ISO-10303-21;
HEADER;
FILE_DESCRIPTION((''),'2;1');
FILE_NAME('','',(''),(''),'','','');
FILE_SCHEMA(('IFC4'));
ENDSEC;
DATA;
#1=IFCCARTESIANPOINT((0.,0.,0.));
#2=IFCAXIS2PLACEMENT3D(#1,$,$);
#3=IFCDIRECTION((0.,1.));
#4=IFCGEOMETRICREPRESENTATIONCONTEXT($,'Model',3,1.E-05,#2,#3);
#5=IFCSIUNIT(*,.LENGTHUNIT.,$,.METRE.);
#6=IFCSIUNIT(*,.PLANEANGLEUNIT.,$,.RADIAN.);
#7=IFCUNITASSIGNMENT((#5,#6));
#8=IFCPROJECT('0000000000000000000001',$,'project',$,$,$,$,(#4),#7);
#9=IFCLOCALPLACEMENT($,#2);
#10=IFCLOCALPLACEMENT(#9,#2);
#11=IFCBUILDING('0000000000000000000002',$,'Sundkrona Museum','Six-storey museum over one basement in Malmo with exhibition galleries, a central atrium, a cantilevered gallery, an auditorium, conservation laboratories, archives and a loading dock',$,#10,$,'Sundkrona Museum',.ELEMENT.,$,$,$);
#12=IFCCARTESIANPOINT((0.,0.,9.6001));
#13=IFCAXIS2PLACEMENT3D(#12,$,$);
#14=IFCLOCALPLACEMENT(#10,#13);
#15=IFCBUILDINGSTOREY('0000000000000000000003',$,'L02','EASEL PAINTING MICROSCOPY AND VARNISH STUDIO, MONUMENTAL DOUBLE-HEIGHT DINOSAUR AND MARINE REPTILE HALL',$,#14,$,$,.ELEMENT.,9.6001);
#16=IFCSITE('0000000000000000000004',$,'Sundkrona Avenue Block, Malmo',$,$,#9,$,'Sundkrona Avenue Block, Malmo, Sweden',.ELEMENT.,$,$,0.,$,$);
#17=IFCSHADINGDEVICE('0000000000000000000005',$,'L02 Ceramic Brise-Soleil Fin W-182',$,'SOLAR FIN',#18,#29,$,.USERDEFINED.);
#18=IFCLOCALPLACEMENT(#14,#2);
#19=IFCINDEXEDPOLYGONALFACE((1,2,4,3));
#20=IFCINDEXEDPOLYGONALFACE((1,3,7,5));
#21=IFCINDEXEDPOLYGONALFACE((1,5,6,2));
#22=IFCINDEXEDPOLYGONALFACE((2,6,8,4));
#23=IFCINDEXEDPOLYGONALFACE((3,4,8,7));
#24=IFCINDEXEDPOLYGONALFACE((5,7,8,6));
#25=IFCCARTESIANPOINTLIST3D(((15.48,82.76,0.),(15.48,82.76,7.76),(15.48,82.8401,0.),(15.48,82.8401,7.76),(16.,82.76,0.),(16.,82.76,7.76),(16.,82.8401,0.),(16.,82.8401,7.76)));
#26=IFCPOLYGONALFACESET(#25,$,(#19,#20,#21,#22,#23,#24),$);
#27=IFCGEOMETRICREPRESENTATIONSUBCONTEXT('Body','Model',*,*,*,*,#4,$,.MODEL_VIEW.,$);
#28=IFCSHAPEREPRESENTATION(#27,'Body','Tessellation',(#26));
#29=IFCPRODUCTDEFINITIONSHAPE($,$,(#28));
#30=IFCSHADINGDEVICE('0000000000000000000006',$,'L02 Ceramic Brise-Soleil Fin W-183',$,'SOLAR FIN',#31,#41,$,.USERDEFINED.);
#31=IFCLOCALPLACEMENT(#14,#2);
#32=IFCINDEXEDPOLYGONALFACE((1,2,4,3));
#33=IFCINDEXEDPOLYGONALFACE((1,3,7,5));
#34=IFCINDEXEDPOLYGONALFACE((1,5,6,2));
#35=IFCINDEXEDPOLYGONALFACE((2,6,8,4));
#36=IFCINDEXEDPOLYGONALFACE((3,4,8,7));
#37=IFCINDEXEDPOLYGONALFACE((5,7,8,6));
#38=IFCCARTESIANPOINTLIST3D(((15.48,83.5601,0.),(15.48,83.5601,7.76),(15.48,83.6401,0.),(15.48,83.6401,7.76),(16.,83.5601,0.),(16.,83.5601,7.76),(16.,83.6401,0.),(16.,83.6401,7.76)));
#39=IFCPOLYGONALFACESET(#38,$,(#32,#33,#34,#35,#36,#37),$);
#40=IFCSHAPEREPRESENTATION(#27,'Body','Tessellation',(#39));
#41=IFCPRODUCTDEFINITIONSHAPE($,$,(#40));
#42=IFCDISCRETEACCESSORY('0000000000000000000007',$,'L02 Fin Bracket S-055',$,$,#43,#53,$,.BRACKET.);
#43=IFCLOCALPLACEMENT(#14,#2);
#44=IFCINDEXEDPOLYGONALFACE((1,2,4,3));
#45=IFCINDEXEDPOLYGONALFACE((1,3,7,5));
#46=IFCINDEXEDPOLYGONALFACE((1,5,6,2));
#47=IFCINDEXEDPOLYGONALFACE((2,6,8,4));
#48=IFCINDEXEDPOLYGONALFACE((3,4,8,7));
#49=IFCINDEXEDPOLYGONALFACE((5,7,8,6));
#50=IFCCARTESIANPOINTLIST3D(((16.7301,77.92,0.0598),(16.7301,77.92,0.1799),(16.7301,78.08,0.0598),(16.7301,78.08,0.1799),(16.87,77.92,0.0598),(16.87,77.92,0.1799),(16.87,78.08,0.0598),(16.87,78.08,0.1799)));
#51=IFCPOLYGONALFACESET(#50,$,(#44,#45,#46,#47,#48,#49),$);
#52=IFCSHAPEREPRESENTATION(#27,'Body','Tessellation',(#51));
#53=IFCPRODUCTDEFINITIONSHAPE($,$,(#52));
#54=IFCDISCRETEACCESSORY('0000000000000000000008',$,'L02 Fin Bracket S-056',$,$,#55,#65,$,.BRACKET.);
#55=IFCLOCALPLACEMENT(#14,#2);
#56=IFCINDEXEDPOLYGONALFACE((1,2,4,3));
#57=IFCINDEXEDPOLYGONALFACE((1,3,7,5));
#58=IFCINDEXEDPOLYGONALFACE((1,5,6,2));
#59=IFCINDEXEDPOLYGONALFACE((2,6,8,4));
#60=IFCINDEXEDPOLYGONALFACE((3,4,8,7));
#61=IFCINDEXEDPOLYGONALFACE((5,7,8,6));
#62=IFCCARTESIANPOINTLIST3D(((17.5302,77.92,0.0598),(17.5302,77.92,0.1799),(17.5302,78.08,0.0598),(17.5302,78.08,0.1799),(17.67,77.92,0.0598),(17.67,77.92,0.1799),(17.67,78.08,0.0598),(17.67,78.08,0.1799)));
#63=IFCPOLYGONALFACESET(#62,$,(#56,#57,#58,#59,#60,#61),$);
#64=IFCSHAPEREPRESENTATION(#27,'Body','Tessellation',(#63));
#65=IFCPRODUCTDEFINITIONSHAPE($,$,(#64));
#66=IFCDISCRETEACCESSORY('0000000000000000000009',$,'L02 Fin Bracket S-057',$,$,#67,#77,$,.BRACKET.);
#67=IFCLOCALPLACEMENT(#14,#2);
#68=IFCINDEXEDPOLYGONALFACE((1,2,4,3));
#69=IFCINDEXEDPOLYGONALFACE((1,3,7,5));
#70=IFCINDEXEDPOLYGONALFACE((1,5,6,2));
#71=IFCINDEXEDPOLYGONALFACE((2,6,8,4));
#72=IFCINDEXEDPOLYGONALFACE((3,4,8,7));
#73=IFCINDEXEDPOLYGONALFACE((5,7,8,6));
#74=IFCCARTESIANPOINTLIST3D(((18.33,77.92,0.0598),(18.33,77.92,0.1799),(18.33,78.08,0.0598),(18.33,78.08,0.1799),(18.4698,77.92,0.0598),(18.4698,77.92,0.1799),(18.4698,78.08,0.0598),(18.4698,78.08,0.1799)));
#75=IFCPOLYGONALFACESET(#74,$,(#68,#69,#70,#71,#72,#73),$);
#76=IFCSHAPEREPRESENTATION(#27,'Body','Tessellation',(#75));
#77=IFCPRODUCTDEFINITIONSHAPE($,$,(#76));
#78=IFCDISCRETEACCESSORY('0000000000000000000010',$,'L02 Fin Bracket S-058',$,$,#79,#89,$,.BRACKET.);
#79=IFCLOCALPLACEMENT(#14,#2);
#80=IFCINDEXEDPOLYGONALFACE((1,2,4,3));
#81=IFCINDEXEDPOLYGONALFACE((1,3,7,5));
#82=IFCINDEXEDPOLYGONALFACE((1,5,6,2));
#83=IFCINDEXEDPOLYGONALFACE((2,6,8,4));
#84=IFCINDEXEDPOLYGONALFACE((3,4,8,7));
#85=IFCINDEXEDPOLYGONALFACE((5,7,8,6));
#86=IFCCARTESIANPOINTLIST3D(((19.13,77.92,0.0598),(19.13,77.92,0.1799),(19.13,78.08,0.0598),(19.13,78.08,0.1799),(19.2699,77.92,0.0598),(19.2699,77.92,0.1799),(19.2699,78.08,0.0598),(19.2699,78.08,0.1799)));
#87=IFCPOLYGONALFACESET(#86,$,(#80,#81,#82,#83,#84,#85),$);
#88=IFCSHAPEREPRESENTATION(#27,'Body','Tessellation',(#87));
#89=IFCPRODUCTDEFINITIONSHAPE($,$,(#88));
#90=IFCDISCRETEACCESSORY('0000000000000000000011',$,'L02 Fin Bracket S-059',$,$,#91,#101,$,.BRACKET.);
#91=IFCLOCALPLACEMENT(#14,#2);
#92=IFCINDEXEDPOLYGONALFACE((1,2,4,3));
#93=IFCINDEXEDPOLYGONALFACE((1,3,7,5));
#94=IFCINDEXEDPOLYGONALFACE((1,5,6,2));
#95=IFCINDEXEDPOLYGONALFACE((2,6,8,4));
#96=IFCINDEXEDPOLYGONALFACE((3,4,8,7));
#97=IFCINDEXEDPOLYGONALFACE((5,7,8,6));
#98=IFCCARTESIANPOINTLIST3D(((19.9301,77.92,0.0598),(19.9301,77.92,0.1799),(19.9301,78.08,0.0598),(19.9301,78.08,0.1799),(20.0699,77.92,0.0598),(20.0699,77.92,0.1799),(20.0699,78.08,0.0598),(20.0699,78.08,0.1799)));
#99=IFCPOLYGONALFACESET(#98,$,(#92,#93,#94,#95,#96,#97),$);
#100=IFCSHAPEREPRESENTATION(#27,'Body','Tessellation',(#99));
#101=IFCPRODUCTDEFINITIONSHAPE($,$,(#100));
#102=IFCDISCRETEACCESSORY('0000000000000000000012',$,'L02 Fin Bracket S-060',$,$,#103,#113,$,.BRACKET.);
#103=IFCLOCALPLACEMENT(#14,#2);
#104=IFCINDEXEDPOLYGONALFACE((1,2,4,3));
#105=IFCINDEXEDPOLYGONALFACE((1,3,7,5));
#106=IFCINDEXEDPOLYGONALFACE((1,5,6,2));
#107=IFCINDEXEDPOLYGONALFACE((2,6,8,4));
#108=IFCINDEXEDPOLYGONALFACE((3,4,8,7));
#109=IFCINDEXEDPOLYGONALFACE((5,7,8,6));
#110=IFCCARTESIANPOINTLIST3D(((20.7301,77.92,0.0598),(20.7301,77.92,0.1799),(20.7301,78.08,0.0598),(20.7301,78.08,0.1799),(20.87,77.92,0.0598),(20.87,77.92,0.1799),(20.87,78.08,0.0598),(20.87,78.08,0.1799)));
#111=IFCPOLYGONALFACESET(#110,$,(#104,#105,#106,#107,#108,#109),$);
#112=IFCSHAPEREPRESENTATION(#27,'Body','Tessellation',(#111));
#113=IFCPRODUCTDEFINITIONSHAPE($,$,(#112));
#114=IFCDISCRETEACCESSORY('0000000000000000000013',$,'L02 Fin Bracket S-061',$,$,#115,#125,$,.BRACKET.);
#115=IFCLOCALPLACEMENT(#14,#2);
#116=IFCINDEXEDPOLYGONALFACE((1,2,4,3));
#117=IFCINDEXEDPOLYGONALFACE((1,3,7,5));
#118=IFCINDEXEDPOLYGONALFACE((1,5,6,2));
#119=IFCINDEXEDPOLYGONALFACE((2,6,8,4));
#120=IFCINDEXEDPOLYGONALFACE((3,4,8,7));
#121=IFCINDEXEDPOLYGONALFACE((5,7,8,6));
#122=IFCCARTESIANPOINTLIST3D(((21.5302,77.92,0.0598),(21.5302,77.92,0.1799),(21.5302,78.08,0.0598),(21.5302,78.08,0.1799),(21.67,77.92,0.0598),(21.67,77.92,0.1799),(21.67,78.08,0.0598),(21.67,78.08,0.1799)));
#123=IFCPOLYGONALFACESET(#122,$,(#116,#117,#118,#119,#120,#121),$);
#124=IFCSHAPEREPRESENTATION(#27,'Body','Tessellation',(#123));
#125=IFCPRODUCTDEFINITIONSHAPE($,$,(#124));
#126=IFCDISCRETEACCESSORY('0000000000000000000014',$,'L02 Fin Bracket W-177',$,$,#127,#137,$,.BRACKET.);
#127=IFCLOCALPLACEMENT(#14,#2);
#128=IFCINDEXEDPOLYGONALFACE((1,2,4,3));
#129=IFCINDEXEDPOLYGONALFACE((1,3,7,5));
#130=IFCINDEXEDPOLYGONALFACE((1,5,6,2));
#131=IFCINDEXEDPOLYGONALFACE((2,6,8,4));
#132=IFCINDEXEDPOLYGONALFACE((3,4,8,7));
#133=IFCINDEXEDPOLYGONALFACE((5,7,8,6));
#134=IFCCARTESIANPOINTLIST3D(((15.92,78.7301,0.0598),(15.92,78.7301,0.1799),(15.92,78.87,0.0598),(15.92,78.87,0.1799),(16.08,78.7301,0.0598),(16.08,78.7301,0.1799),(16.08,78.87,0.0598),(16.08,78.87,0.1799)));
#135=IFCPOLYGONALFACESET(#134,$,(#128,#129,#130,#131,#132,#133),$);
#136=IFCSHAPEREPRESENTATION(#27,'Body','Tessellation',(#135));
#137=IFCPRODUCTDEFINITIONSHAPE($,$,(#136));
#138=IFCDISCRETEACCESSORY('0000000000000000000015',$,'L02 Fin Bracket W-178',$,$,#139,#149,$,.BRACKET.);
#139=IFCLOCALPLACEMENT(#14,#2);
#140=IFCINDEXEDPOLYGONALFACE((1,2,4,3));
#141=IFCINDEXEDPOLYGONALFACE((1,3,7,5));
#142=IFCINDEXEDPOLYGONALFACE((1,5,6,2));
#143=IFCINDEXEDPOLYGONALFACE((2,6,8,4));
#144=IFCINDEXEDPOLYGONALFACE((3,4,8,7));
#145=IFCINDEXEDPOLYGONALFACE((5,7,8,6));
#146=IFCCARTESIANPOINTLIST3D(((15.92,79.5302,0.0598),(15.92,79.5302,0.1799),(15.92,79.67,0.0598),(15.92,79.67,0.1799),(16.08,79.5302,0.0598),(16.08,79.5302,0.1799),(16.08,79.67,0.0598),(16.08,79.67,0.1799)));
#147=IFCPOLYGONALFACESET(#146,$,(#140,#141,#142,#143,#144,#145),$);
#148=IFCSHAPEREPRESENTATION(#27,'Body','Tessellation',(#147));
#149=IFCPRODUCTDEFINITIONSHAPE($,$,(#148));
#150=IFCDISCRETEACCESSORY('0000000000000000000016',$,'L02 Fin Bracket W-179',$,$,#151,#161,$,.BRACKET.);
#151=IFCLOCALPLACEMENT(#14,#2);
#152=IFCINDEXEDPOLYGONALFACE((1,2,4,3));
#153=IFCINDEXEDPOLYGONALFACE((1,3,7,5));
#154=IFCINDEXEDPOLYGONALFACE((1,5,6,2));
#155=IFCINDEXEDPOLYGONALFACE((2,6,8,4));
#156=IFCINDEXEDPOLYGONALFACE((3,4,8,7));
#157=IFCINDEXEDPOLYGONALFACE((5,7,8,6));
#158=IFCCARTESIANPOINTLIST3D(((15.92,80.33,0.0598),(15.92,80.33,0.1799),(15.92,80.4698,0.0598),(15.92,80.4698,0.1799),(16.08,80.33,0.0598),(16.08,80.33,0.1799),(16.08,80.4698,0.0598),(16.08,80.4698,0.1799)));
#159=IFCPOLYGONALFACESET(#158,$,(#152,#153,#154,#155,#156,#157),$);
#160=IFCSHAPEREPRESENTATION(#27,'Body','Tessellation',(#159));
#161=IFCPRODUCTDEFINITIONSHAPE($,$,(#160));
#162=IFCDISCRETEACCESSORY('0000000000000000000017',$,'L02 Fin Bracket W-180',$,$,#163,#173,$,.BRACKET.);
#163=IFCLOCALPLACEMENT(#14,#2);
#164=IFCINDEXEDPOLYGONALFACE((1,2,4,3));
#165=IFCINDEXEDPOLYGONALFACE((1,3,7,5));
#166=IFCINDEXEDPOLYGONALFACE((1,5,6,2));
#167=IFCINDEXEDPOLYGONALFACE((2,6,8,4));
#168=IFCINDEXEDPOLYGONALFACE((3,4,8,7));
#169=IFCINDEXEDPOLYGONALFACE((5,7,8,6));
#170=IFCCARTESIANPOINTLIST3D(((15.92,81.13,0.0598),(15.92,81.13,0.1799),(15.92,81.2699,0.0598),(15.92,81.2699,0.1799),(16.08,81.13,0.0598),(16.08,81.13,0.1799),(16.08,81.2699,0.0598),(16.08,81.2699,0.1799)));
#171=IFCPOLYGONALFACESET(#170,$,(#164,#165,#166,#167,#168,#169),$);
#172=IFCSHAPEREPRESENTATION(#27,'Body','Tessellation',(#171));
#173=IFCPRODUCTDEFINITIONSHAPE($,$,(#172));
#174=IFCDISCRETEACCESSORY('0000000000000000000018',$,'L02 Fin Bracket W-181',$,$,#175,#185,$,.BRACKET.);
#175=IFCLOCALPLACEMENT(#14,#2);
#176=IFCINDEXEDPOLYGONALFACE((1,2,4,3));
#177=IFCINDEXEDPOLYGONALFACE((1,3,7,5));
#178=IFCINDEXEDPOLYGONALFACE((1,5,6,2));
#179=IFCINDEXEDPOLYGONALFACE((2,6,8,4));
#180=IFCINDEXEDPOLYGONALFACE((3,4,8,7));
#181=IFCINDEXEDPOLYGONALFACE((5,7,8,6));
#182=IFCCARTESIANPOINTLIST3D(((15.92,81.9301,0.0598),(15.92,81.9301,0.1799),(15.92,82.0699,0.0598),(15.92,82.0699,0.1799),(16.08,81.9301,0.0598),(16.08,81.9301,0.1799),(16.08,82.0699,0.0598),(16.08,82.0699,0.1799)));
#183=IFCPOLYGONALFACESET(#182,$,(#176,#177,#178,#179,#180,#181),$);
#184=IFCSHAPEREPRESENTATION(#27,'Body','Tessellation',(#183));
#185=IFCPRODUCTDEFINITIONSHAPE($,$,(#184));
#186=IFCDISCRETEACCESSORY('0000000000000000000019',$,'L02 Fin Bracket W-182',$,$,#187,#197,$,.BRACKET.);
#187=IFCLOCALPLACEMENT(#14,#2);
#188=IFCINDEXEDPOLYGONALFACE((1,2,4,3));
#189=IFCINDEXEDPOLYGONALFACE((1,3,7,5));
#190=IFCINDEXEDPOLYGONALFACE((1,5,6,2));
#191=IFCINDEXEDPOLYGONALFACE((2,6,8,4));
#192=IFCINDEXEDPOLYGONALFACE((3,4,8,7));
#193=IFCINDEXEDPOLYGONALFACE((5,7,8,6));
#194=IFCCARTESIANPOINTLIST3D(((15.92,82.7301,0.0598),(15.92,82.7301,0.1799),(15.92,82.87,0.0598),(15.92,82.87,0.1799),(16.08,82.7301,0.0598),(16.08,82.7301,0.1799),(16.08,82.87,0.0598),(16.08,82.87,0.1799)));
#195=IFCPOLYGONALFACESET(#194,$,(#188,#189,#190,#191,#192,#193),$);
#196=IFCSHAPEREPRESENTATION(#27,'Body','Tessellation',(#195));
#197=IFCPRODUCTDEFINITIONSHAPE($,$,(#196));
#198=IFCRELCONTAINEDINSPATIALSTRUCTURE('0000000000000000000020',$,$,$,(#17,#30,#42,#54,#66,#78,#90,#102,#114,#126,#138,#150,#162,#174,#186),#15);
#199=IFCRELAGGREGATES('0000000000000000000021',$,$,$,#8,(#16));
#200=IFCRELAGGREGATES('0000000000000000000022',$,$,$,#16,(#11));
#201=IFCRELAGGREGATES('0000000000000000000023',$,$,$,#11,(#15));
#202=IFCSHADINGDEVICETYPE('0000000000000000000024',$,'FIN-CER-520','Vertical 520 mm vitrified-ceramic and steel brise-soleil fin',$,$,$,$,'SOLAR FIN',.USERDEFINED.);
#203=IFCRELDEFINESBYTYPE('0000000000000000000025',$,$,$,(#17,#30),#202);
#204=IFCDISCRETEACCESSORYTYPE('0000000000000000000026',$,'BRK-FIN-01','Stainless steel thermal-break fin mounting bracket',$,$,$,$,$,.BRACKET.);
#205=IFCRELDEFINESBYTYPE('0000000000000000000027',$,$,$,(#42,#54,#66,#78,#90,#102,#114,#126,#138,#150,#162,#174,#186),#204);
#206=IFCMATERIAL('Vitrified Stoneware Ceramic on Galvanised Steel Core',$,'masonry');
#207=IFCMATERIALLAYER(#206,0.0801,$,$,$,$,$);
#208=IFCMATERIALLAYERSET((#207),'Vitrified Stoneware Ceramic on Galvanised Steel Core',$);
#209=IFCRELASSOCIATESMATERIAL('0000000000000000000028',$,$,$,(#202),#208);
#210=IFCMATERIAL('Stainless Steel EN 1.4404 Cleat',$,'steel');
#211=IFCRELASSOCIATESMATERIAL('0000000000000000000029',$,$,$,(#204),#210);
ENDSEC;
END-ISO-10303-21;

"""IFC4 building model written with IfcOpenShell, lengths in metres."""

from ifc_helpers import new_model, si_unit, direction, frame, origin, origin_2d, place, context, subcontext, project, spatial, rectangle, extrude, material, layer, layer_set, type_object, element, save


model = new_model("IFC4")

# Units and contexts
model_context = context("Model", 3, precision=1e-05, world=origin(), true_north=direction((0.0, 1.0)))
body_context = subcontext(model_context, "Body", "Model", "MODEL_VIEW")
ifc_project = project(units=[si_unit("LENGTHUNIT", "METRE"), si_unit("PLANEANGLEUNIT", "RADIAN")], contexts=[model_context])

# Site, building, storey
site_placement = place(None, origin())
site = spatial("IfcSite", under=ifc_project, at=site_placement, Name="Sundkrona Avenue Block, Malmo", LongName="Sundkrona Avenue Block, Malmo, Sweden", CompositionType="ELEMENT", RefElevation=0.0)
building_placement = place(site_placement, origin())
building = spatial("IfcBuilding", under=site, at=building_placement, Name="Sundkrona Museum", Description="Six-storey museum over one basement in Malmo with exhibition galleries, a central atrium, a cantilevered gallery, an auditorium, conservation laboratories, archives and a loading dock", LongName="Sundkrona Museum", CompositionType="ELEMENT")
storey_placement = place(building_placement, frame((0.0, 0.0, 9.6001)))
storey = spatial("IfcBuildingStorey", under=building, at=storey_placement, Name="L02", Description="EASEL PAINTING MICROSCOPY AND VARNISH STUDIO, MONUMENTAL DOUBLE-HEIGHT DINOSAUR AND MARINE REPTILE HALL", CompositionType="ELEMENT", Elevation=9.6001)

# Shading devices
ifc_material_1 = material(Name="Vitrified Stoneware Ceramic on Galvanised Steel Core", Category="masonry")
ifc_layer_1 = layer(ifc_material_1, 0.0801)
ifc_layer_set_1 = layer_set([ifc_layer_1], Name="Vitrified Stoneware Ceramic on Galvanised Steel Core")
shading_device_type = type_object("IfcShadingDeviceType", Name="FIN-CER-520", Description="Vertical 520 mm vitrified-ceramic and steel brise-soleil fin", ElementType="SOLAR FIN", PredefinedType="USERDEFINED", material=ifc_layer_set_1)
for number, where, z_axis, x_axis, name in (
    (1, (15.74, 82.8, 0.0), (0.0, 0.0, 1.0), (1.0, 0.0, 0.0), "L02 Ceramic Brise-Soleil Fin W-182"),
    (2, (15.74, 83.6001, 0.0), (0.0, 0.0, 1.0), (1.0, 0.0, 0.0), "L02 Ceramic Brise-Soleil Fin W-183"),
):
    element("IfcShadingDevice", number, at=place(storey_placement, frame(where, z_axis=z_axis, x_axis=x_axis)), inside=storey, type_object=shading_device_type, Name=name, ObjectType="SOLAR FIN", PredefinedType="USERDEFINED", context=body_context, shape_type="SweptSolid", body=[
        extrude(rectangle(XDim=0.52, YDim=0.0801, at=origin_2d()), origin(), (0.0, 0.0, 1.0), 7.76),
    ])

# Discrete accessories
ifc_material_2 = material(Name="Stainless Steel EN 1.4404 Cleat", Category="steel")
discrete_accessory_type = type_object("IfcDiscreteAccessoryType", Name="BRK-FIN-01", Description="Stainless steel thermal-break fin mounting bracket", PredefinedType="BRACKET", material=ifc_material_2)
for number, where, z_axis, x_axis, name in (
    (3, (16.8, 78.0, 0.0598), (0.0, 0.0, 1.0), (1.0, 0.0, 0.0), "L02 Fin Bracket S-055"),
    (4, (17.6001, 78.0, 0.0598), (0.0, 0.0, 1.0), (1.0, 0.0, 0.0), "L02 Fin Bracket S-056"),
    (5, (18.3999, 78.0, 0.0598), (0.0, 0.0, 1.0), (1.0, 0.0, 0.0), "L02 Fin Bracket S-057"),
    (6, (19.2, 78.0, 0.0598), (0.0, 0.0, 1.0), (1.0, 0.0, 0.0), "L02 Fin Bracket S-058"),
    (7, (20.0, 78.0, 0.0598), (0.0, 0.0, 1.0), (1.0, 0.0, 0.0), "L02 Fin Bracket S-059"),
    (8, (20.8, 78.0, 0.0598), (0.0, 0.0, 1.0), (1.0, 0.0, 0.0), "L02 Fin Bracket S-060"),
    (9, (21.6001, 78.0, 0.0598), (0.0, 0.0, 1.0), (1.0, 0.0, 0.0), "L02 Fin Bracket S-061"),
):
    element("IfcDiscreteAccessory", number, at=place(storey_placement, frame(where, z_axis=z_axis, x_axis=x_axis)), inside=storey, type_object=discrete_accessory_type, Name=name, PredefinedType="BRACKET", context=body_context, shape_type="SweptSolid", body=[
        extrude(rectangle(XDim=0.1399, YDim=0.1599, at=origin_2d()), origin(), (0.0, 0.0, 1.0), 0.1201),
    ])
for number, where, z_axis, x_axis, name in (
    (10, (16.0, 78.8, 0.0598), (0.0, 0.0, 1.0), (1.0, 0.0, 0.0), "L02 Fin Bracket W-177"),
    (11, (16.0, 79.6001, 0.0598), (0.0, 0.0, 1.0), (1.0, 0.0, 0.0), "L02 Fin Bracket W-178"),
    (12, (16.0, 80.3999, 0.0598), (0.0, 0.0, 1.0), (1.0, 0.0, 0.0), "L02 Fin Bracket W-179"),
    (13, (16.0, 81.2, 0.0598), (0.0, 0.0, 1.0), (1.0, 0.0, 0.0), "L02 Fin Bracket W-180"),
    (14, (16.0, 82.0, 0.0598), (0.0, 0.0, 1.0), (1.0, 0.0, 0.0), "L02 Fin Bracket W-181"),
    (15, (16.0, 82.8, 0.0598), (0.0, 0.0, 1.0), (1.0, 0.0, 0.0), "L02 Fin Bracket W-182"),
):
    element("IfcDiscreteAccessory", number, at=place(storey_placement, frame(where, z_axis=z_axis, x_axis=x_axis)), inside=storey, type_object=discrete_accessory_type, Name=name, PredefinedType="BRACKET", context=body_context, shape_type="SweptSolid", body=[
        extrude(rectangle(XDim=0.1599, YDim=0.1399, at=origin_2d()), origin(), (0.0, 0.0, 1.0), 0.1201),
    ])

save(model, "model.ifc")
